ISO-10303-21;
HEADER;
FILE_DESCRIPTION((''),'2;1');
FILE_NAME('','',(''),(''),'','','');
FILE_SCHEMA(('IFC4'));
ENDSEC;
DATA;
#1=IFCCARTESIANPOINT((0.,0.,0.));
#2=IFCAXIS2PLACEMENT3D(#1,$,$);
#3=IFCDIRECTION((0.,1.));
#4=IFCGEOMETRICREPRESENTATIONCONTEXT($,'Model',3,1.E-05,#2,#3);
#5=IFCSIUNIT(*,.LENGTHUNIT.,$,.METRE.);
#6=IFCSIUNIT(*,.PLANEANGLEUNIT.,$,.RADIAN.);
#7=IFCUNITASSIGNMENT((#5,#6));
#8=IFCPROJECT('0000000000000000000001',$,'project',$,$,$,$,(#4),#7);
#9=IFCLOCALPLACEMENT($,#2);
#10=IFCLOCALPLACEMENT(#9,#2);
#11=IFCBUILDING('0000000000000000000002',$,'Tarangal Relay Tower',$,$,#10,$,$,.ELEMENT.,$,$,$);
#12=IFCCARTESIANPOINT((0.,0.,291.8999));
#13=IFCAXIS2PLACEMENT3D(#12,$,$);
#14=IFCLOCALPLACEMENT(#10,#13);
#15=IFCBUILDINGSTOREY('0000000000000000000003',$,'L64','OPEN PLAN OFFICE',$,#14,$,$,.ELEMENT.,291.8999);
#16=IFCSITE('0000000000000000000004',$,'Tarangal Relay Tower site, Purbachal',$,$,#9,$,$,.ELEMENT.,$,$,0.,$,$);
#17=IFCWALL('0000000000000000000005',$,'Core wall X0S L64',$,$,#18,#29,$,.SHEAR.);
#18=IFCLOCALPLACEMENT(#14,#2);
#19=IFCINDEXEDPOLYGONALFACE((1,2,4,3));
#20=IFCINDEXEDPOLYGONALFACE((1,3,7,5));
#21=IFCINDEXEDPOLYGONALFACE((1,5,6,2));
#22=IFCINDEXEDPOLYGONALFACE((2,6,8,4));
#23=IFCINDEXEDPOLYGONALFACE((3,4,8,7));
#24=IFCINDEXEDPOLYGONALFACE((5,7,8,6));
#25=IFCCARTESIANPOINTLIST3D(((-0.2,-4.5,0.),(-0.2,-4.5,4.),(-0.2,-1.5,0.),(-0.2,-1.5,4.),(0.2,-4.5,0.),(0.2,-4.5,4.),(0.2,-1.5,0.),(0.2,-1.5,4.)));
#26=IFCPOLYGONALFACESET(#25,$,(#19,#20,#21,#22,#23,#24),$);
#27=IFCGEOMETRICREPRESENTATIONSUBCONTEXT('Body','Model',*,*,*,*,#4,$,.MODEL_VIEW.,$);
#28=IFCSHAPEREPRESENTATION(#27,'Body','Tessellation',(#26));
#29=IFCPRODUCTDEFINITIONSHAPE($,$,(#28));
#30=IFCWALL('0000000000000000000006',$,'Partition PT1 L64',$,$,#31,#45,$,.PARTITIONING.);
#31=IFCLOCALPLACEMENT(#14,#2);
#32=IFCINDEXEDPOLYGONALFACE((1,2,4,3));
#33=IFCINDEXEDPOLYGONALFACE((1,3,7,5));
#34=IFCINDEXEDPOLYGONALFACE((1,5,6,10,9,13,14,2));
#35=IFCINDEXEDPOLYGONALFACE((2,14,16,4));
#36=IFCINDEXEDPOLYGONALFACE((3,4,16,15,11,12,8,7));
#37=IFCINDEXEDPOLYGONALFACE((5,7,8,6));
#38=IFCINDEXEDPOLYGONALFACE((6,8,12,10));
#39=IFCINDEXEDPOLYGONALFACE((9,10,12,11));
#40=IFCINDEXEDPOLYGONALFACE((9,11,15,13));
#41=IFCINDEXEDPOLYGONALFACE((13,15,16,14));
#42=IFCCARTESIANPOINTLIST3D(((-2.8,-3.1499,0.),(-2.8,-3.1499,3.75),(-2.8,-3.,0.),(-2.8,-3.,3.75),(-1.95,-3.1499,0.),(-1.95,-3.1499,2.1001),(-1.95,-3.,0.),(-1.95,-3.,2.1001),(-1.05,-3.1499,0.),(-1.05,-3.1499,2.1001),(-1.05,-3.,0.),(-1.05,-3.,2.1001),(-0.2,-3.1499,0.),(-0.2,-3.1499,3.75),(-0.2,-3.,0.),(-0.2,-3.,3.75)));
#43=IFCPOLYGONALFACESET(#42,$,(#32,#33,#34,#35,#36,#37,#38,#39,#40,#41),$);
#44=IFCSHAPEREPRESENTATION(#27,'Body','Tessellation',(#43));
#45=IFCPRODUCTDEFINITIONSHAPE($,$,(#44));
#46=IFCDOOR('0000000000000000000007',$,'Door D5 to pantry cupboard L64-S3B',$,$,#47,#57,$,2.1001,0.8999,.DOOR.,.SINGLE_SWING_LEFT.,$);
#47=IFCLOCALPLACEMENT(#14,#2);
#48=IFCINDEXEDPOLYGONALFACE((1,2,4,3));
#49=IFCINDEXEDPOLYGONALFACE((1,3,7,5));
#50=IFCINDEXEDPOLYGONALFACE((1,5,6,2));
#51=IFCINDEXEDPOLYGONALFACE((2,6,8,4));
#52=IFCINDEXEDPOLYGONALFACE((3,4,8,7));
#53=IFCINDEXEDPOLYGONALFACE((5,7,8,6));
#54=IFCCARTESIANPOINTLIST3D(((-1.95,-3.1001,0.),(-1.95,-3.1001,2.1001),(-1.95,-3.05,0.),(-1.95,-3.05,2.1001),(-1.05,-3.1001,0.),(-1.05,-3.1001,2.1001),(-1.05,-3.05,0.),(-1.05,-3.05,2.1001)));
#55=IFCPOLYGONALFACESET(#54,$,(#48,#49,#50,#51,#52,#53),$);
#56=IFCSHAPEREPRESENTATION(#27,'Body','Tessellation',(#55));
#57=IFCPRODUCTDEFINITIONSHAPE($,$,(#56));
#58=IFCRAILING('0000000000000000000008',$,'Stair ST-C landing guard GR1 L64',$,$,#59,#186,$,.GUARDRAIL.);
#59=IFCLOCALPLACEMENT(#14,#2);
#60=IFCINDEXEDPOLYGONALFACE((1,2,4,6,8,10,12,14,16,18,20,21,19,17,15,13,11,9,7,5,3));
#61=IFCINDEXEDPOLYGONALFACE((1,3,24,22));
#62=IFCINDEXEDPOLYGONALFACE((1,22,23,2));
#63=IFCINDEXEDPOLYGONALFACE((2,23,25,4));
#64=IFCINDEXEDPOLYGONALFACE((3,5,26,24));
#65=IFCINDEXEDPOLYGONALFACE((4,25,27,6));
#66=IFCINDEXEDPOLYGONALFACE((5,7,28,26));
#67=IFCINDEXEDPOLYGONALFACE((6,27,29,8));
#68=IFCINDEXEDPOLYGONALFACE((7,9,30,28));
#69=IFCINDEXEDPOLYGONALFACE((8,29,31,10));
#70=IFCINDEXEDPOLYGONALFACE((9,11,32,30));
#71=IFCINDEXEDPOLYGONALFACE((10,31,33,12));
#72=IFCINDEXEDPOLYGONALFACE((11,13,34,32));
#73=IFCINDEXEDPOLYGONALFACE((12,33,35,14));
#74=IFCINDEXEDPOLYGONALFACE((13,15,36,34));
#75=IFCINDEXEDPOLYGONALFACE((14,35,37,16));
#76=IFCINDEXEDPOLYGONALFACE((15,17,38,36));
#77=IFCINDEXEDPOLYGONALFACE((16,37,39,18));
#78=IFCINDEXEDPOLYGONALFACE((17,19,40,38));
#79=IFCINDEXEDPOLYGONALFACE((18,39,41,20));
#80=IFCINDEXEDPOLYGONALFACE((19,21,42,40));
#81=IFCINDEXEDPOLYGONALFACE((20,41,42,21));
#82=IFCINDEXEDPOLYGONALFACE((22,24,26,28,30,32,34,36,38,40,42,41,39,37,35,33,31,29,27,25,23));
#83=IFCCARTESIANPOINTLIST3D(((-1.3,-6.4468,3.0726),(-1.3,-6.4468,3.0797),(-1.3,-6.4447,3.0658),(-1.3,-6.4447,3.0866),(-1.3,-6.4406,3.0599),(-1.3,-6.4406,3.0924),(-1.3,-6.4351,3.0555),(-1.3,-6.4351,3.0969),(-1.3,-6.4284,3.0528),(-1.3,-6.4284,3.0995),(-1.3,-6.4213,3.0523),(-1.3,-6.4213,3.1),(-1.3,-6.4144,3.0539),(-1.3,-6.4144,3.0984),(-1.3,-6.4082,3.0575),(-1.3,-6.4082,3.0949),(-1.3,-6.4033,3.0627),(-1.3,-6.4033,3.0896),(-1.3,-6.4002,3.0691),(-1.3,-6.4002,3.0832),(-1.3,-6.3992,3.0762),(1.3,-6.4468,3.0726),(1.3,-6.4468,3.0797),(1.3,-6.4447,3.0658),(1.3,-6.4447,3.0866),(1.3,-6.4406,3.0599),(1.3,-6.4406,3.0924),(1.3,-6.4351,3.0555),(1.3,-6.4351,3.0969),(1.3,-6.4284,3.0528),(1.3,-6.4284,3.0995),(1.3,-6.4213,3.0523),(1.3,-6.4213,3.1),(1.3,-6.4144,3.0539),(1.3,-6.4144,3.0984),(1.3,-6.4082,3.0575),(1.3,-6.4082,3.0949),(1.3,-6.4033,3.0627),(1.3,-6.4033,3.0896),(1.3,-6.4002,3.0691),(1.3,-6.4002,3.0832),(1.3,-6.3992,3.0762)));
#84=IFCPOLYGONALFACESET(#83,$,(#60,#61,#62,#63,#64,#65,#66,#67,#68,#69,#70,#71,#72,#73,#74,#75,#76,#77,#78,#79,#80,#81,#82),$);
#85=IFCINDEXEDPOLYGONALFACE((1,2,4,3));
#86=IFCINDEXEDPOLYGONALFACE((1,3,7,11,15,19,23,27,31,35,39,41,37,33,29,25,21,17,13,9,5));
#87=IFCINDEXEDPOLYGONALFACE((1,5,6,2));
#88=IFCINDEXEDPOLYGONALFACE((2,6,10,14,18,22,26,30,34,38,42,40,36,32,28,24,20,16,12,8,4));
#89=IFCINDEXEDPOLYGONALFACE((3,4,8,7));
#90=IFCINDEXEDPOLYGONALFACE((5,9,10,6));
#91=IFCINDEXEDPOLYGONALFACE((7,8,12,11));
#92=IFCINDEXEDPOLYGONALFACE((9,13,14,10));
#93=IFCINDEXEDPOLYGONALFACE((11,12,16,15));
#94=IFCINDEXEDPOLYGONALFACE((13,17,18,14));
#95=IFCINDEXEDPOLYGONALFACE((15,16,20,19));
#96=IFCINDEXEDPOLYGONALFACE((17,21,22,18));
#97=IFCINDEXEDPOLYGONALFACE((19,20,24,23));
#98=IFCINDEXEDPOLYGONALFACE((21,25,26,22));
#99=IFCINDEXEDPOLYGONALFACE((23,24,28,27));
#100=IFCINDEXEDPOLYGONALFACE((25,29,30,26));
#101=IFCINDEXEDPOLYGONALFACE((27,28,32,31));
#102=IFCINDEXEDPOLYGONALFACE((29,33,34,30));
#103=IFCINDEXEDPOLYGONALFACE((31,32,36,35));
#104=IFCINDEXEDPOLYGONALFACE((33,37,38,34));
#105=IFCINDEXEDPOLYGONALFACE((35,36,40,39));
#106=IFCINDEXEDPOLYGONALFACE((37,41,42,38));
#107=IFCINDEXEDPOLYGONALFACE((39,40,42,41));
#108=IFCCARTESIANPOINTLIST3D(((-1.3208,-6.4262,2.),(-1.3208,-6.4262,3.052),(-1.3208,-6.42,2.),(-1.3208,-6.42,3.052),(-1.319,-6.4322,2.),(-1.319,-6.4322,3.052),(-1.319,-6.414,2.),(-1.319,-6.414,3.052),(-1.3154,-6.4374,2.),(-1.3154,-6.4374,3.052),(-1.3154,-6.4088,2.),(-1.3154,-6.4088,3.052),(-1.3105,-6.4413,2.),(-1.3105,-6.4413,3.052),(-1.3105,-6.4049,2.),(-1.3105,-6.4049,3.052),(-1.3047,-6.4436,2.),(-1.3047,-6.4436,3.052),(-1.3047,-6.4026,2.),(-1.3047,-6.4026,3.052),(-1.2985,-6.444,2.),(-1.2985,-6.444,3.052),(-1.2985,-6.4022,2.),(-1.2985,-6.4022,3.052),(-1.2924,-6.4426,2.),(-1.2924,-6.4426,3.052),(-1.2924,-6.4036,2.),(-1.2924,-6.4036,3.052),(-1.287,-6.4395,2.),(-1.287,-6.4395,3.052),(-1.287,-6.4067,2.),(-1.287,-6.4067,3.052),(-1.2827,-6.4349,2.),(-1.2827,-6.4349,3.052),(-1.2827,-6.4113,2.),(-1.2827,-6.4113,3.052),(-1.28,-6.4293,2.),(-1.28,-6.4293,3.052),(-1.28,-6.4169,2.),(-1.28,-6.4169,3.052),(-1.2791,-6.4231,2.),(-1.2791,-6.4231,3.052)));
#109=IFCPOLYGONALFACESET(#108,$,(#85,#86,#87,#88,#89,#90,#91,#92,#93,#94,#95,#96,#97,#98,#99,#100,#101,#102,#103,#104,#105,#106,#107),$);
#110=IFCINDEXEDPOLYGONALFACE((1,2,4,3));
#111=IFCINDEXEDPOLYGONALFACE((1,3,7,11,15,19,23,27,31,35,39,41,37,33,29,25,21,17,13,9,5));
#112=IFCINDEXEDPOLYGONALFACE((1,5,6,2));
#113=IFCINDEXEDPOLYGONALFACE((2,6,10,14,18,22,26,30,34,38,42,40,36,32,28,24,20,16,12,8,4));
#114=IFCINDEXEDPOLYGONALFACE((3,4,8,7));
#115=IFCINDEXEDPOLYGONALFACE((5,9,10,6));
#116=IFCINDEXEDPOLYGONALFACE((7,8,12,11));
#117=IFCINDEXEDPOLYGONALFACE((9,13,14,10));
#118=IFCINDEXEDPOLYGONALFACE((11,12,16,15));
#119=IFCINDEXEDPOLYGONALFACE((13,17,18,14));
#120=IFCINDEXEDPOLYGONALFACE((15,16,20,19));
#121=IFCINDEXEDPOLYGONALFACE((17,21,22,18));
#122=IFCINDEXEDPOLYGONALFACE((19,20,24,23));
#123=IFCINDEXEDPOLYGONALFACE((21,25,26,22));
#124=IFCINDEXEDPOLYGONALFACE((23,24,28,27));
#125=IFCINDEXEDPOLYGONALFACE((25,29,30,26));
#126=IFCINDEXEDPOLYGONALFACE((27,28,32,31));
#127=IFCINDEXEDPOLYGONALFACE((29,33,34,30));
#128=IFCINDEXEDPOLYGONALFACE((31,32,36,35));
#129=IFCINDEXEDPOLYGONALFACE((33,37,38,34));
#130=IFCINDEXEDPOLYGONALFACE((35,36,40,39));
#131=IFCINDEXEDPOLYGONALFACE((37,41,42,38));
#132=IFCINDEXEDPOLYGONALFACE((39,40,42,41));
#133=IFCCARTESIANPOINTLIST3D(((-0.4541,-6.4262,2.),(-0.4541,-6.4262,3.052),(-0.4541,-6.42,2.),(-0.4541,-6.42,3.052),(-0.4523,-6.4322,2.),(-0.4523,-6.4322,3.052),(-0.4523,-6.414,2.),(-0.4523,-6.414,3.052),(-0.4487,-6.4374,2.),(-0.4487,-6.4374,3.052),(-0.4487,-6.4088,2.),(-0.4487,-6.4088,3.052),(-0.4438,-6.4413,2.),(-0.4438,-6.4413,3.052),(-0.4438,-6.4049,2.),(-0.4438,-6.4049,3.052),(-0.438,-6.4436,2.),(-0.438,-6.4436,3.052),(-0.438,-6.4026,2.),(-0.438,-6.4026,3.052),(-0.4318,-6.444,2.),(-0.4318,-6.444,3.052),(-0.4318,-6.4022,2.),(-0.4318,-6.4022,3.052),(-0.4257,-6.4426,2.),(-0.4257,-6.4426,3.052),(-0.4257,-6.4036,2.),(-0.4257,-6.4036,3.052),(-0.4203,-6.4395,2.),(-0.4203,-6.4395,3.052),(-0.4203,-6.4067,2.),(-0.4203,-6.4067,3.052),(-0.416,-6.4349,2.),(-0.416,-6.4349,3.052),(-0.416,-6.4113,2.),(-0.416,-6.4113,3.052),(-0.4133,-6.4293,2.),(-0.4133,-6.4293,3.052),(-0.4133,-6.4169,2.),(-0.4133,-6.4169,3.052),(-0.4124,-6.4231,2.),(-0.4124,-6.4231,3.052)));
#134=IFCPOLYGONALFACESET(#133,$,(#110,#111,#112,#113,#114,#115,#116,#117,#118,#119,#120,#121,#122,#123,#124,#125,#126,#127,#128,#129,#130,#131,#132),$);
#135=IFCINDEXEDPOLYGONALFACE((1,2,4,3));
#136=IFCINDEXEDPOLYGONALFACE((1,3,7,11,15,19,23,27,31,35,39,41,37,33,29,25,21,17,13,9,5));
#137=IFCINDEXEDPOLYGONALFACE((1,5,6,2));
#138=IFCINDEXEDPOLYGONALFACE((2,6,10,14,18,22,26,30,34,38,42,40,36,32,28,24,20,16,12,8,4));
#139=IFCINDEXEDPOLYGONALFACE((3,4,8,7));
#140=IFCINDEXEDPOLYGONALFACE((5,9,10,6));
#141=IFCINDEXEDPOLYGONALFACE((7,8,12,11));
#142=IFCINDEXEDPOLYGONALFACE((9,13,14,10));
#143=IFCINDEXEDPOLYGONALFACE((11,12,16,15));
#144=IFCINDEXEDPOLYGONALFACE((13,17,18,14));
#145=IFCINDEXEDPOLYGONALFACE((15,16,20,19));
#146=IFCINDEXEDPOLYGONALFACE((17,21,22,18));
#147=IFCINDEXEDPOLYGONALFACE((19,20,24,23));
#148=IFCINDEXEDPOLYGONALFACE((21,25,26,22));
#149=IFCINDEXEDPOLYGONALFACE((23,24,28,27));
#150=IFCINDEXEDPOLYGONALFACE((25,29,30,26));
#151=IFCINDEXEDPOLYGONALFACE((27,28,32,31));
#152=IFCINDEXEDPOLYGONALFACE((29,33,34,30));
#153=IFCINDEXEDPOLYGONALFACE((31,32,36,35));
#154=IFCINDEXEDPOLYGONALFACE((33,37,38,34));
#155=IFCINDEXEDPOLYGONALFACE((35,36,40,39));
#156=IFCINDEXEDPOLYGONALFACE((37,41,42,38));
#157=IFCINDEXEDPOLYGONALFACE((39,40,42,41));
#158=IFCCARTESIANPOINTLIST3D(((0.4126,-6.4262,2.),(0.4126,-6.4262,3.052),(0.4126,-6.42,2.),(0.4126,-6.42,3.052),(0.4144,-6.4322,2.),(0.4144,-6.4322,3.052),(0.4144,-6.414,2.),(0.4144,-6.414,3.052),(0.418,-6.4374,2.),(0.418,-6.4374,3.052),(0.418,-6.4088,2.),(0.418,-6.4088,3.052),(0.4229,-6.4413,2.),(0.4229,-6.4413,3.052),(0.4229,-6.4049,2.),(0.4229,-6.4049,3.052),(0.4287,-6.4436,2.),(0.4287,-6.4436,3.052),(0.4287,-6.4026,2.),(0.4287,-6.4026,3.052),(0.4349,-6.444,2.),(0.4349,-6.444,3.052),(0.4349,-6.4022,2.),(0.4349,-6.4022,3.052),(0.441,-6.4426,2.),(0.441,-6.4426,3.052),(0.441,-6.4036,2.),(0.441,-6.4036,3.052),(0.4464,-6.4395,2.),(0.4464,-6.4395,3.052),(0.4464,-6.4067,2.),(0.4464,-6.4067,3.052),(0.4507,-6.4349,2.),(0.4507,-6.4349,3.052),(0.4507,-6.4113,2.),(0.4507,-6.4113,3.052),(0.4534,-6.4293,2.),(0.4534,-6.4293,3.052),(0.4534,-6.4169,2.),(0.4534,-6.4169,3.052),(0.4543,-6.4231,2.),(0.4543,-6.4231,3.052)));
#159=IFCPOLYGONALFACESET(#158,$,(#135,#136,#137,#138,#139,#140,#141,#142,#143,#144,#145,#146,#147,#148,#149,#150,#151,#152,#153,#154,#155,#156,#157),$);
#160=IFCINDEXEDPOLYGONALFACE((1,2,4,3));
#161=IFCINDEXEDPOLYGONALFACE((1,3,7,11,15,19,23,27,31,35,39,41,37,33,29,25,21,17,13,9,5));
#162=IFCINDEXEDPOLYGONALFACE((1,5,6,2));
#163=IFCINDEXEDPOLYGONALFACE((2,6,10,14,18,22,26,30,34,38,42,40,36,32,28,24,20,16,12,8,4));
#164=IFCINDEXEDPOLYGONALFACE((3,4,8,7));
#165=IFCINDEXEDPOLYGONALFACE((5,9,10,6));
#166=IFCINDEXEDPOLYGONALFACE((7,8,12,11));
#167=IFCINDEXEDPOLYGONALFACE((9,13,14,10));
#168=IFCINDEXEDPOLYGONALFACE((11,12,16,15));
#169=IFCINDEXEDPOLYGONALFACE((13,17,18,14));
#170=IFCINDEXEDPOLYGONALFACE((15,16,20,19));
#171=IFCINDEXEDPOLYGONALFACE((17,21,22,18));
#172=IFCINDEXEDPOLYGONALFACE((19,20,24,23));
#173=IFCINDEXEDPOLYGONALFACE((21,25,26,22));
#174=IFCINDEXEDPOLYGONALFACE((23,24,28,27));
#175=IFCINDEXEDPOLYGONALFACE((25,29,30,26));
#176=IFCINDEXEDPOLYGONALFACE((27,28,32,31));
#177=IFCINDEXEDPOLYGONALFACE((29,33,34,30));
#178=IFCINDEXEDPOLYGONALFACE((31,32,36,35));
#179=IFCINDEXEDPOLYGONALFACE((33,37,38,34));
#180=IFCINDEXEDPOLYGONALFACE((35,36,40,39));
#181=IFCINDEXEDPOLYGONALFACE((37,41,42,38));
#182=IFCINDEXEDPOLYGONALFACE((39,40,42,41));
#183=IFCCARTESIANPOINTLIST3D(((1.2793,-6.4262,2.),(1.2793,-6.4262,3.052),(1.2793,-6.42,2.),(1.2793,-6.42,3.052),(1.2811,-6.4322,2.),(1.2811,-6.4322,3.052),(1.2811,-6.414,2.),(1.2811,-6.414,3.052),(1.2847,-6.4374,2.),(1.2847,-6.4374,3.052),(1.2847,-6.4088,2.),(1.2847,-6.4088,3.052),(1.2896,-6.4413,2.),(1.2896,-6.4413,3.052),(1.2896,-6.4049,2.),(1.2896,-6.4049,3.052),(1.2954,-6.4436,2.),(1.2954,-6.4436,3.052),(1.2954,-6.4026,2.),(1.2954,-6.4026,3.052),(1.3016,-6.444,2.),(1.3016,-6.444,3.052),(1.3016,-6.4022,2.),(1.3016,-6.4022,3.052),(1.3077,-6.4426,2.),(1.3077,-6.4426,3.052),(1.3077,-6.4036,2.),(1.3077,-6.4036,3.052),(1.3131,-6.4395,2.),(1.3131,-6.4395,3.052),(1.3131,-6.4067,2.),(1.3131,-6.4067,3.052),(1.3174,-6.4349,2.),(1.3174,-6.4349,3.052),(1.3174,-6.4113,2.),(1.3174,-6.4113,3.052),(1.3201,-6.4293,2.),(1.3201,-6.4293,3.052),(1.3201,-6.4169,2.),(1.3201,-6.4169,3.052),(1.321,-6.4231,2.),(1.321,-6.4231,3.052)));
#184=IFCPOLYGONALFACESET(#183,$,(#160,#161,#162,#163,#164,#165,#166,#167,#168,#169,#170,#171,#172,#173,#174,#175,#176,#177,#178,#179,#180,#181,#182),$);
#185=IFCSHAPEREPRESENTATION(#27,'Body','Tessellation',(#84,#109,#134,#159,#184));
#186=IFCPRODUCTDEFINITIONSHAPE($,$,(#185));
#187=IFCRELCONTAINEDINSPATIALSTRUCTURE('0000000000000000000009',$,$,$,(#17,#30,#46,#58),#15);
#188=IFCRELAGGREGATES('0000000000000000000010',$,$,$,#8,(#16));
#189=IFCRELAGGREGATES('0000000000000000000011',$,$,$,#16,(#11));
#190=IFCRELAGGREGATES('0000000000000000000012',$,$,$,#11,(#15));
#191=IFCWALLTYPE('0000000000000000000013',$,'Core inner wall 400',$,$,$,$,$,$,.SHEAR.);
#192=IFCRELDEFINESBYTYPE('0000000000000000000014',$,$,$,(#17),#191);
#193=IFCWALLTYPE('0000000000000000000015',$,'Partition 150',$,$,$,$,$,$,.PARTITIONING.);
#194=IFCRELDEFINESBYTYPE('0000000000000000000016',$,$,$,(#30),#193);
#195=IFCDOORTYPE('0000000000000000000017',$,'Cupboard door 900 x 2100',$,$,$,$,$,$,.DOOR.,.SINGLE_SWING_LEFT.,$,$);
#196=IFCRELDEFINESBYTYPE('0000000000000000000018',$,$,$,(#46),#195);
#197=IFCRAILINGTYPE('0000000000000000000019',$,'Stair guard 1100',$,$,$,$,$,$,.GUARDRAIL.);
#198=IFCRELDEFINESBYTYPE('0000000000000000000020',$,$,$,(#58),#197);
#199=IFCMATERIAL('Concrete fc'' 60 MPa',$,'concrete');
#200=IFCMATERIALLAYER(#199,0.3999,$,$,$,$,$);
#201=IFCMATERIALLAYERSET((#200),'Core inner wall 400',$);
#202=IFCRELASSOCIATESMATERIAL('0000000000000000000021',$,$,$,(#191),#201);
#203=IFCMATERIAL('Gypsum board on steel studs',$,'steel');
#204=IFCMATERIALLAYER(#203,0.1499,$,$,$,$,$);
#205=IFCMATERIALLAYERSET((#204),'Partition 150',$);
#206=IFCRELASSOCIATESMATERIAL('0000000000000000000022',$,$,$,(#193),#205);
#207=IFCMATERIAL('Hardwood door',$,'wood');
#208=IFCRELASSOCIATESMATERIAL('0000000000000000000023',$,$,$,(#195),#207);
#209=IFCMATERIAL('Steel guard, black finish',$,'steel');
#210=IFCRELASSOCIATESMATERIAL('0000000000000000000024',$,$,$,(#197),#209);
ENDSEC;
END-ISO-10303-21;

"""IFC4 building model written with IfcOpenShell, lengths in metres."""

from ifc_helpers import new_model, si_unit, direction, frame, frame_2d, origin, origin_2d, place, context, subcontext, project, spatial, rectangle, circle, extrude, material, layer, layer_set, type_object, element, fill, save


model = new_model("IFC4")

# Units and contexts
model_context = context("Model", 3, precision=1e-05, world=origin(), true_north=direction((0.0, 1.0)))
body_context = subcontext(model_context, "Body", "Model", "MODEL_VIEW")
ifc_project = project(units=[si_unit("LENGTHUNIT", "METRE"), si_unit("PLANEANGLEUNIT", "RADIAN")], contexts=[model_context])

# Site, building, storey
site_placement = place(None, origin())
site = spatial("IfcSite", under=ifc_project, at=site_placement, Name="Tarangal Relay Tower site, Purbachal", CompositionType="ELEMENT", RefElevation=0.0)
building_placement = place(site_placement, origin())
building = spatial("IfcBuilding", under=site, at=building_placement, Name="Tarangal Relay Tower", CompositionType="ELEMENT")
storey_placement = place(building_placement, frame((0.0, 0.0, 291.8999)))
storey = spatial("IfcBuildingStorey", under=building, at=storey_placement, Name="L64", Description="OPEN PLAN OFFICE", CompositionType="ELEMENT", Elevation=291.8999)

# Shared definitions
ifc_material_1 = material(Name="Concrete fc' 60 MPa", Category="concrete")
ifc_layer_1 = layer(ifc_material_1, 0.3999)
ifc_layer_set_1 = layer_set([ifc_layer_1], Name="Core inner wall 400")
wall_type_1 = type_object("IfcWallType", Name="Core inner wall 400", PredefinedType="SHEAR", material=ifc_layer_set_1)

# Wall
for number, where, z_axis, x_axis, name in (
    (1, (0.0, -4.5, 0.0), (0.0, 0.0, 1.0), (0.0, 1.0, 0.0), "Core wall X0S L64"),
):
    element("IfcWall", number, at=place(storey_placement, frame(where, z_axis=z_axis, x_axis=x_axis)), inside=storey, type_object=wall_type_1, Name=name, PredefinedType="SHEAR", context=body_context, shape_type="SweptSolid", body=[
        extrude(rectangle(XDim=3.0, YDim=0.3999, at=frame_2d((1.5, 0.0))), origin(), (0.0, 0.0, 1.0), 4.0),
    ])

# Wall, opening, door
ifc_material_2 = material(Name="Gypsum board on steel studs", Category="steel")
ifc_layer_2 = layer(ifc_material_2, 0.1499)
ifc_layer_set_2 = layer_set([ifc_layer_2], Name="Partition 150")
wall_type_2 = type_object("IfcWallType", Name="Partition 150", PredefinedType="PARTITIONING", material=ifc_layer_set_2)
wall_1_placement = place(storey_placement, frame((-2.8, -3.075, 0.0), z_axis=(0.0, 0.0, 1.0), x_axis=(1.0, 0.0, 0.0)))
wall_1 = element("IfcWall", 2, at=wall_1_placement, inside=storey, type_object=wall_type_2, Name="Partition PT1 L64", PredefinedType="PARTITIONING", context=body_context, shape_type="SweptSolid", body=[
    extrude(rectangle(XDim=2.6001, YDim=0.1499, at=frame_2d((1.3, 0.0))), origin(), (0.0, 0.0, 1.0), 3.75),
])
opening_1_placement = place(wall_1_placement, frame((0.8501, 0.0, 0.0)))
opening_1 = element("IfcOpeningElement", 3, at=opening_1_placement, cuts=wall_1, PredefinedType="OPENING", context=body_context, shape_type="SweptSolid", body=[
    extrude(rectangle(XDim=0.8999, YDim=2.1001, at=frame_2d((0.45, 1.05))), frame((0.0, 0.085, 0.0), z_axis=(0.0, -1.0, 0.0), x_axis=(1.0, 0.0, 0.0)), (0.0, 0.0, 1.0), 0.1699),
])
ifc_material_3 = material(Name="Hardwood door", Category="wood")
door_type_1 = type_object("IfcDoorType", Name="Cupboard door 900 x 2100", OperationType="SINGLE_SWING_LEFT", PredefinedType="DOOR", material=ifc_material_3)
door_1_placement = place(opening_1_placement, origin())
door_1 = element("IfcDoor", 4, at=door_1_placement, inside=storey, type_object=door_type_1, Name="Door D5 to pantry cupboard L64-S3B", OperationType="SINGLE_SWING_LEFT", OverallHeight=2.1001, OverallWidth=0.8999, PredefinedType="DOOR", context=body_context, shape_type="SweptSolid", body=[
    extrude(rectangle(XDim=0.8999, YDim=2.1001, at=frame_2d((0.45, 1.05))), frame((0.0, 0.0249, 0.0), z_axis=(0.0, -1.0, 0.0), x_axis=(1.0, 0.0, 0.0)), (0.0, 0.0, 1.0), 0.05),
])
fill(opening_1, door_1)

# Railing
ifc_material_4 = material(Name="Steel guard, black finish", Category="steel")
railing_type = type_object("IfcRailingType", Name="Stair guard 1100", PredefinedType="GUARDRAIL", material=ifc_material_4)
railing_placement = place(storey_placement, frame((-1.3, -6.4231, 2.0)))
element("IfcRailing", 5, at=railing_placement, inside=storey, type_object=railing_type, Name="Stair ST-C landing guard GR1 L64", PredefinedType="GUARDRAIL", context=body_context, shape_type="SweptSolid", body=[
    extrude(circle(Radius=0.0239, at=origin_2d()), frame((0.0, 0.0, 1.0762), z_axis=(1.0, 0.0, 0.0), x_axis=(0.0, 1.0, 0.0)), (0.0, 0.0, 1.0), 2.6001),
    extrude(circle(Radius=0.021, at=origin_2d()), origin(), (0.0, 0.0, 1.0), 1.052),
    extrude(circle(Radius=0.021, at=origin_2d()), frame((0.8667, 0.0, 0.0)), (0.0, 0.0, 1.0), 1.052),
    extrude(circle(Radius=0.021, at=origin_2d()), frame((1.7334, 0.0, 0.0)), (0.0, 0.0, 1.0), 1.052),
    extrude(circle(Radius=0.021, at=origin_2d()), frame((2.6001, 0.0, 0.0)), (0.0, 0.0, 1.0), 1.052),
])

save(model, "model.ifc")
